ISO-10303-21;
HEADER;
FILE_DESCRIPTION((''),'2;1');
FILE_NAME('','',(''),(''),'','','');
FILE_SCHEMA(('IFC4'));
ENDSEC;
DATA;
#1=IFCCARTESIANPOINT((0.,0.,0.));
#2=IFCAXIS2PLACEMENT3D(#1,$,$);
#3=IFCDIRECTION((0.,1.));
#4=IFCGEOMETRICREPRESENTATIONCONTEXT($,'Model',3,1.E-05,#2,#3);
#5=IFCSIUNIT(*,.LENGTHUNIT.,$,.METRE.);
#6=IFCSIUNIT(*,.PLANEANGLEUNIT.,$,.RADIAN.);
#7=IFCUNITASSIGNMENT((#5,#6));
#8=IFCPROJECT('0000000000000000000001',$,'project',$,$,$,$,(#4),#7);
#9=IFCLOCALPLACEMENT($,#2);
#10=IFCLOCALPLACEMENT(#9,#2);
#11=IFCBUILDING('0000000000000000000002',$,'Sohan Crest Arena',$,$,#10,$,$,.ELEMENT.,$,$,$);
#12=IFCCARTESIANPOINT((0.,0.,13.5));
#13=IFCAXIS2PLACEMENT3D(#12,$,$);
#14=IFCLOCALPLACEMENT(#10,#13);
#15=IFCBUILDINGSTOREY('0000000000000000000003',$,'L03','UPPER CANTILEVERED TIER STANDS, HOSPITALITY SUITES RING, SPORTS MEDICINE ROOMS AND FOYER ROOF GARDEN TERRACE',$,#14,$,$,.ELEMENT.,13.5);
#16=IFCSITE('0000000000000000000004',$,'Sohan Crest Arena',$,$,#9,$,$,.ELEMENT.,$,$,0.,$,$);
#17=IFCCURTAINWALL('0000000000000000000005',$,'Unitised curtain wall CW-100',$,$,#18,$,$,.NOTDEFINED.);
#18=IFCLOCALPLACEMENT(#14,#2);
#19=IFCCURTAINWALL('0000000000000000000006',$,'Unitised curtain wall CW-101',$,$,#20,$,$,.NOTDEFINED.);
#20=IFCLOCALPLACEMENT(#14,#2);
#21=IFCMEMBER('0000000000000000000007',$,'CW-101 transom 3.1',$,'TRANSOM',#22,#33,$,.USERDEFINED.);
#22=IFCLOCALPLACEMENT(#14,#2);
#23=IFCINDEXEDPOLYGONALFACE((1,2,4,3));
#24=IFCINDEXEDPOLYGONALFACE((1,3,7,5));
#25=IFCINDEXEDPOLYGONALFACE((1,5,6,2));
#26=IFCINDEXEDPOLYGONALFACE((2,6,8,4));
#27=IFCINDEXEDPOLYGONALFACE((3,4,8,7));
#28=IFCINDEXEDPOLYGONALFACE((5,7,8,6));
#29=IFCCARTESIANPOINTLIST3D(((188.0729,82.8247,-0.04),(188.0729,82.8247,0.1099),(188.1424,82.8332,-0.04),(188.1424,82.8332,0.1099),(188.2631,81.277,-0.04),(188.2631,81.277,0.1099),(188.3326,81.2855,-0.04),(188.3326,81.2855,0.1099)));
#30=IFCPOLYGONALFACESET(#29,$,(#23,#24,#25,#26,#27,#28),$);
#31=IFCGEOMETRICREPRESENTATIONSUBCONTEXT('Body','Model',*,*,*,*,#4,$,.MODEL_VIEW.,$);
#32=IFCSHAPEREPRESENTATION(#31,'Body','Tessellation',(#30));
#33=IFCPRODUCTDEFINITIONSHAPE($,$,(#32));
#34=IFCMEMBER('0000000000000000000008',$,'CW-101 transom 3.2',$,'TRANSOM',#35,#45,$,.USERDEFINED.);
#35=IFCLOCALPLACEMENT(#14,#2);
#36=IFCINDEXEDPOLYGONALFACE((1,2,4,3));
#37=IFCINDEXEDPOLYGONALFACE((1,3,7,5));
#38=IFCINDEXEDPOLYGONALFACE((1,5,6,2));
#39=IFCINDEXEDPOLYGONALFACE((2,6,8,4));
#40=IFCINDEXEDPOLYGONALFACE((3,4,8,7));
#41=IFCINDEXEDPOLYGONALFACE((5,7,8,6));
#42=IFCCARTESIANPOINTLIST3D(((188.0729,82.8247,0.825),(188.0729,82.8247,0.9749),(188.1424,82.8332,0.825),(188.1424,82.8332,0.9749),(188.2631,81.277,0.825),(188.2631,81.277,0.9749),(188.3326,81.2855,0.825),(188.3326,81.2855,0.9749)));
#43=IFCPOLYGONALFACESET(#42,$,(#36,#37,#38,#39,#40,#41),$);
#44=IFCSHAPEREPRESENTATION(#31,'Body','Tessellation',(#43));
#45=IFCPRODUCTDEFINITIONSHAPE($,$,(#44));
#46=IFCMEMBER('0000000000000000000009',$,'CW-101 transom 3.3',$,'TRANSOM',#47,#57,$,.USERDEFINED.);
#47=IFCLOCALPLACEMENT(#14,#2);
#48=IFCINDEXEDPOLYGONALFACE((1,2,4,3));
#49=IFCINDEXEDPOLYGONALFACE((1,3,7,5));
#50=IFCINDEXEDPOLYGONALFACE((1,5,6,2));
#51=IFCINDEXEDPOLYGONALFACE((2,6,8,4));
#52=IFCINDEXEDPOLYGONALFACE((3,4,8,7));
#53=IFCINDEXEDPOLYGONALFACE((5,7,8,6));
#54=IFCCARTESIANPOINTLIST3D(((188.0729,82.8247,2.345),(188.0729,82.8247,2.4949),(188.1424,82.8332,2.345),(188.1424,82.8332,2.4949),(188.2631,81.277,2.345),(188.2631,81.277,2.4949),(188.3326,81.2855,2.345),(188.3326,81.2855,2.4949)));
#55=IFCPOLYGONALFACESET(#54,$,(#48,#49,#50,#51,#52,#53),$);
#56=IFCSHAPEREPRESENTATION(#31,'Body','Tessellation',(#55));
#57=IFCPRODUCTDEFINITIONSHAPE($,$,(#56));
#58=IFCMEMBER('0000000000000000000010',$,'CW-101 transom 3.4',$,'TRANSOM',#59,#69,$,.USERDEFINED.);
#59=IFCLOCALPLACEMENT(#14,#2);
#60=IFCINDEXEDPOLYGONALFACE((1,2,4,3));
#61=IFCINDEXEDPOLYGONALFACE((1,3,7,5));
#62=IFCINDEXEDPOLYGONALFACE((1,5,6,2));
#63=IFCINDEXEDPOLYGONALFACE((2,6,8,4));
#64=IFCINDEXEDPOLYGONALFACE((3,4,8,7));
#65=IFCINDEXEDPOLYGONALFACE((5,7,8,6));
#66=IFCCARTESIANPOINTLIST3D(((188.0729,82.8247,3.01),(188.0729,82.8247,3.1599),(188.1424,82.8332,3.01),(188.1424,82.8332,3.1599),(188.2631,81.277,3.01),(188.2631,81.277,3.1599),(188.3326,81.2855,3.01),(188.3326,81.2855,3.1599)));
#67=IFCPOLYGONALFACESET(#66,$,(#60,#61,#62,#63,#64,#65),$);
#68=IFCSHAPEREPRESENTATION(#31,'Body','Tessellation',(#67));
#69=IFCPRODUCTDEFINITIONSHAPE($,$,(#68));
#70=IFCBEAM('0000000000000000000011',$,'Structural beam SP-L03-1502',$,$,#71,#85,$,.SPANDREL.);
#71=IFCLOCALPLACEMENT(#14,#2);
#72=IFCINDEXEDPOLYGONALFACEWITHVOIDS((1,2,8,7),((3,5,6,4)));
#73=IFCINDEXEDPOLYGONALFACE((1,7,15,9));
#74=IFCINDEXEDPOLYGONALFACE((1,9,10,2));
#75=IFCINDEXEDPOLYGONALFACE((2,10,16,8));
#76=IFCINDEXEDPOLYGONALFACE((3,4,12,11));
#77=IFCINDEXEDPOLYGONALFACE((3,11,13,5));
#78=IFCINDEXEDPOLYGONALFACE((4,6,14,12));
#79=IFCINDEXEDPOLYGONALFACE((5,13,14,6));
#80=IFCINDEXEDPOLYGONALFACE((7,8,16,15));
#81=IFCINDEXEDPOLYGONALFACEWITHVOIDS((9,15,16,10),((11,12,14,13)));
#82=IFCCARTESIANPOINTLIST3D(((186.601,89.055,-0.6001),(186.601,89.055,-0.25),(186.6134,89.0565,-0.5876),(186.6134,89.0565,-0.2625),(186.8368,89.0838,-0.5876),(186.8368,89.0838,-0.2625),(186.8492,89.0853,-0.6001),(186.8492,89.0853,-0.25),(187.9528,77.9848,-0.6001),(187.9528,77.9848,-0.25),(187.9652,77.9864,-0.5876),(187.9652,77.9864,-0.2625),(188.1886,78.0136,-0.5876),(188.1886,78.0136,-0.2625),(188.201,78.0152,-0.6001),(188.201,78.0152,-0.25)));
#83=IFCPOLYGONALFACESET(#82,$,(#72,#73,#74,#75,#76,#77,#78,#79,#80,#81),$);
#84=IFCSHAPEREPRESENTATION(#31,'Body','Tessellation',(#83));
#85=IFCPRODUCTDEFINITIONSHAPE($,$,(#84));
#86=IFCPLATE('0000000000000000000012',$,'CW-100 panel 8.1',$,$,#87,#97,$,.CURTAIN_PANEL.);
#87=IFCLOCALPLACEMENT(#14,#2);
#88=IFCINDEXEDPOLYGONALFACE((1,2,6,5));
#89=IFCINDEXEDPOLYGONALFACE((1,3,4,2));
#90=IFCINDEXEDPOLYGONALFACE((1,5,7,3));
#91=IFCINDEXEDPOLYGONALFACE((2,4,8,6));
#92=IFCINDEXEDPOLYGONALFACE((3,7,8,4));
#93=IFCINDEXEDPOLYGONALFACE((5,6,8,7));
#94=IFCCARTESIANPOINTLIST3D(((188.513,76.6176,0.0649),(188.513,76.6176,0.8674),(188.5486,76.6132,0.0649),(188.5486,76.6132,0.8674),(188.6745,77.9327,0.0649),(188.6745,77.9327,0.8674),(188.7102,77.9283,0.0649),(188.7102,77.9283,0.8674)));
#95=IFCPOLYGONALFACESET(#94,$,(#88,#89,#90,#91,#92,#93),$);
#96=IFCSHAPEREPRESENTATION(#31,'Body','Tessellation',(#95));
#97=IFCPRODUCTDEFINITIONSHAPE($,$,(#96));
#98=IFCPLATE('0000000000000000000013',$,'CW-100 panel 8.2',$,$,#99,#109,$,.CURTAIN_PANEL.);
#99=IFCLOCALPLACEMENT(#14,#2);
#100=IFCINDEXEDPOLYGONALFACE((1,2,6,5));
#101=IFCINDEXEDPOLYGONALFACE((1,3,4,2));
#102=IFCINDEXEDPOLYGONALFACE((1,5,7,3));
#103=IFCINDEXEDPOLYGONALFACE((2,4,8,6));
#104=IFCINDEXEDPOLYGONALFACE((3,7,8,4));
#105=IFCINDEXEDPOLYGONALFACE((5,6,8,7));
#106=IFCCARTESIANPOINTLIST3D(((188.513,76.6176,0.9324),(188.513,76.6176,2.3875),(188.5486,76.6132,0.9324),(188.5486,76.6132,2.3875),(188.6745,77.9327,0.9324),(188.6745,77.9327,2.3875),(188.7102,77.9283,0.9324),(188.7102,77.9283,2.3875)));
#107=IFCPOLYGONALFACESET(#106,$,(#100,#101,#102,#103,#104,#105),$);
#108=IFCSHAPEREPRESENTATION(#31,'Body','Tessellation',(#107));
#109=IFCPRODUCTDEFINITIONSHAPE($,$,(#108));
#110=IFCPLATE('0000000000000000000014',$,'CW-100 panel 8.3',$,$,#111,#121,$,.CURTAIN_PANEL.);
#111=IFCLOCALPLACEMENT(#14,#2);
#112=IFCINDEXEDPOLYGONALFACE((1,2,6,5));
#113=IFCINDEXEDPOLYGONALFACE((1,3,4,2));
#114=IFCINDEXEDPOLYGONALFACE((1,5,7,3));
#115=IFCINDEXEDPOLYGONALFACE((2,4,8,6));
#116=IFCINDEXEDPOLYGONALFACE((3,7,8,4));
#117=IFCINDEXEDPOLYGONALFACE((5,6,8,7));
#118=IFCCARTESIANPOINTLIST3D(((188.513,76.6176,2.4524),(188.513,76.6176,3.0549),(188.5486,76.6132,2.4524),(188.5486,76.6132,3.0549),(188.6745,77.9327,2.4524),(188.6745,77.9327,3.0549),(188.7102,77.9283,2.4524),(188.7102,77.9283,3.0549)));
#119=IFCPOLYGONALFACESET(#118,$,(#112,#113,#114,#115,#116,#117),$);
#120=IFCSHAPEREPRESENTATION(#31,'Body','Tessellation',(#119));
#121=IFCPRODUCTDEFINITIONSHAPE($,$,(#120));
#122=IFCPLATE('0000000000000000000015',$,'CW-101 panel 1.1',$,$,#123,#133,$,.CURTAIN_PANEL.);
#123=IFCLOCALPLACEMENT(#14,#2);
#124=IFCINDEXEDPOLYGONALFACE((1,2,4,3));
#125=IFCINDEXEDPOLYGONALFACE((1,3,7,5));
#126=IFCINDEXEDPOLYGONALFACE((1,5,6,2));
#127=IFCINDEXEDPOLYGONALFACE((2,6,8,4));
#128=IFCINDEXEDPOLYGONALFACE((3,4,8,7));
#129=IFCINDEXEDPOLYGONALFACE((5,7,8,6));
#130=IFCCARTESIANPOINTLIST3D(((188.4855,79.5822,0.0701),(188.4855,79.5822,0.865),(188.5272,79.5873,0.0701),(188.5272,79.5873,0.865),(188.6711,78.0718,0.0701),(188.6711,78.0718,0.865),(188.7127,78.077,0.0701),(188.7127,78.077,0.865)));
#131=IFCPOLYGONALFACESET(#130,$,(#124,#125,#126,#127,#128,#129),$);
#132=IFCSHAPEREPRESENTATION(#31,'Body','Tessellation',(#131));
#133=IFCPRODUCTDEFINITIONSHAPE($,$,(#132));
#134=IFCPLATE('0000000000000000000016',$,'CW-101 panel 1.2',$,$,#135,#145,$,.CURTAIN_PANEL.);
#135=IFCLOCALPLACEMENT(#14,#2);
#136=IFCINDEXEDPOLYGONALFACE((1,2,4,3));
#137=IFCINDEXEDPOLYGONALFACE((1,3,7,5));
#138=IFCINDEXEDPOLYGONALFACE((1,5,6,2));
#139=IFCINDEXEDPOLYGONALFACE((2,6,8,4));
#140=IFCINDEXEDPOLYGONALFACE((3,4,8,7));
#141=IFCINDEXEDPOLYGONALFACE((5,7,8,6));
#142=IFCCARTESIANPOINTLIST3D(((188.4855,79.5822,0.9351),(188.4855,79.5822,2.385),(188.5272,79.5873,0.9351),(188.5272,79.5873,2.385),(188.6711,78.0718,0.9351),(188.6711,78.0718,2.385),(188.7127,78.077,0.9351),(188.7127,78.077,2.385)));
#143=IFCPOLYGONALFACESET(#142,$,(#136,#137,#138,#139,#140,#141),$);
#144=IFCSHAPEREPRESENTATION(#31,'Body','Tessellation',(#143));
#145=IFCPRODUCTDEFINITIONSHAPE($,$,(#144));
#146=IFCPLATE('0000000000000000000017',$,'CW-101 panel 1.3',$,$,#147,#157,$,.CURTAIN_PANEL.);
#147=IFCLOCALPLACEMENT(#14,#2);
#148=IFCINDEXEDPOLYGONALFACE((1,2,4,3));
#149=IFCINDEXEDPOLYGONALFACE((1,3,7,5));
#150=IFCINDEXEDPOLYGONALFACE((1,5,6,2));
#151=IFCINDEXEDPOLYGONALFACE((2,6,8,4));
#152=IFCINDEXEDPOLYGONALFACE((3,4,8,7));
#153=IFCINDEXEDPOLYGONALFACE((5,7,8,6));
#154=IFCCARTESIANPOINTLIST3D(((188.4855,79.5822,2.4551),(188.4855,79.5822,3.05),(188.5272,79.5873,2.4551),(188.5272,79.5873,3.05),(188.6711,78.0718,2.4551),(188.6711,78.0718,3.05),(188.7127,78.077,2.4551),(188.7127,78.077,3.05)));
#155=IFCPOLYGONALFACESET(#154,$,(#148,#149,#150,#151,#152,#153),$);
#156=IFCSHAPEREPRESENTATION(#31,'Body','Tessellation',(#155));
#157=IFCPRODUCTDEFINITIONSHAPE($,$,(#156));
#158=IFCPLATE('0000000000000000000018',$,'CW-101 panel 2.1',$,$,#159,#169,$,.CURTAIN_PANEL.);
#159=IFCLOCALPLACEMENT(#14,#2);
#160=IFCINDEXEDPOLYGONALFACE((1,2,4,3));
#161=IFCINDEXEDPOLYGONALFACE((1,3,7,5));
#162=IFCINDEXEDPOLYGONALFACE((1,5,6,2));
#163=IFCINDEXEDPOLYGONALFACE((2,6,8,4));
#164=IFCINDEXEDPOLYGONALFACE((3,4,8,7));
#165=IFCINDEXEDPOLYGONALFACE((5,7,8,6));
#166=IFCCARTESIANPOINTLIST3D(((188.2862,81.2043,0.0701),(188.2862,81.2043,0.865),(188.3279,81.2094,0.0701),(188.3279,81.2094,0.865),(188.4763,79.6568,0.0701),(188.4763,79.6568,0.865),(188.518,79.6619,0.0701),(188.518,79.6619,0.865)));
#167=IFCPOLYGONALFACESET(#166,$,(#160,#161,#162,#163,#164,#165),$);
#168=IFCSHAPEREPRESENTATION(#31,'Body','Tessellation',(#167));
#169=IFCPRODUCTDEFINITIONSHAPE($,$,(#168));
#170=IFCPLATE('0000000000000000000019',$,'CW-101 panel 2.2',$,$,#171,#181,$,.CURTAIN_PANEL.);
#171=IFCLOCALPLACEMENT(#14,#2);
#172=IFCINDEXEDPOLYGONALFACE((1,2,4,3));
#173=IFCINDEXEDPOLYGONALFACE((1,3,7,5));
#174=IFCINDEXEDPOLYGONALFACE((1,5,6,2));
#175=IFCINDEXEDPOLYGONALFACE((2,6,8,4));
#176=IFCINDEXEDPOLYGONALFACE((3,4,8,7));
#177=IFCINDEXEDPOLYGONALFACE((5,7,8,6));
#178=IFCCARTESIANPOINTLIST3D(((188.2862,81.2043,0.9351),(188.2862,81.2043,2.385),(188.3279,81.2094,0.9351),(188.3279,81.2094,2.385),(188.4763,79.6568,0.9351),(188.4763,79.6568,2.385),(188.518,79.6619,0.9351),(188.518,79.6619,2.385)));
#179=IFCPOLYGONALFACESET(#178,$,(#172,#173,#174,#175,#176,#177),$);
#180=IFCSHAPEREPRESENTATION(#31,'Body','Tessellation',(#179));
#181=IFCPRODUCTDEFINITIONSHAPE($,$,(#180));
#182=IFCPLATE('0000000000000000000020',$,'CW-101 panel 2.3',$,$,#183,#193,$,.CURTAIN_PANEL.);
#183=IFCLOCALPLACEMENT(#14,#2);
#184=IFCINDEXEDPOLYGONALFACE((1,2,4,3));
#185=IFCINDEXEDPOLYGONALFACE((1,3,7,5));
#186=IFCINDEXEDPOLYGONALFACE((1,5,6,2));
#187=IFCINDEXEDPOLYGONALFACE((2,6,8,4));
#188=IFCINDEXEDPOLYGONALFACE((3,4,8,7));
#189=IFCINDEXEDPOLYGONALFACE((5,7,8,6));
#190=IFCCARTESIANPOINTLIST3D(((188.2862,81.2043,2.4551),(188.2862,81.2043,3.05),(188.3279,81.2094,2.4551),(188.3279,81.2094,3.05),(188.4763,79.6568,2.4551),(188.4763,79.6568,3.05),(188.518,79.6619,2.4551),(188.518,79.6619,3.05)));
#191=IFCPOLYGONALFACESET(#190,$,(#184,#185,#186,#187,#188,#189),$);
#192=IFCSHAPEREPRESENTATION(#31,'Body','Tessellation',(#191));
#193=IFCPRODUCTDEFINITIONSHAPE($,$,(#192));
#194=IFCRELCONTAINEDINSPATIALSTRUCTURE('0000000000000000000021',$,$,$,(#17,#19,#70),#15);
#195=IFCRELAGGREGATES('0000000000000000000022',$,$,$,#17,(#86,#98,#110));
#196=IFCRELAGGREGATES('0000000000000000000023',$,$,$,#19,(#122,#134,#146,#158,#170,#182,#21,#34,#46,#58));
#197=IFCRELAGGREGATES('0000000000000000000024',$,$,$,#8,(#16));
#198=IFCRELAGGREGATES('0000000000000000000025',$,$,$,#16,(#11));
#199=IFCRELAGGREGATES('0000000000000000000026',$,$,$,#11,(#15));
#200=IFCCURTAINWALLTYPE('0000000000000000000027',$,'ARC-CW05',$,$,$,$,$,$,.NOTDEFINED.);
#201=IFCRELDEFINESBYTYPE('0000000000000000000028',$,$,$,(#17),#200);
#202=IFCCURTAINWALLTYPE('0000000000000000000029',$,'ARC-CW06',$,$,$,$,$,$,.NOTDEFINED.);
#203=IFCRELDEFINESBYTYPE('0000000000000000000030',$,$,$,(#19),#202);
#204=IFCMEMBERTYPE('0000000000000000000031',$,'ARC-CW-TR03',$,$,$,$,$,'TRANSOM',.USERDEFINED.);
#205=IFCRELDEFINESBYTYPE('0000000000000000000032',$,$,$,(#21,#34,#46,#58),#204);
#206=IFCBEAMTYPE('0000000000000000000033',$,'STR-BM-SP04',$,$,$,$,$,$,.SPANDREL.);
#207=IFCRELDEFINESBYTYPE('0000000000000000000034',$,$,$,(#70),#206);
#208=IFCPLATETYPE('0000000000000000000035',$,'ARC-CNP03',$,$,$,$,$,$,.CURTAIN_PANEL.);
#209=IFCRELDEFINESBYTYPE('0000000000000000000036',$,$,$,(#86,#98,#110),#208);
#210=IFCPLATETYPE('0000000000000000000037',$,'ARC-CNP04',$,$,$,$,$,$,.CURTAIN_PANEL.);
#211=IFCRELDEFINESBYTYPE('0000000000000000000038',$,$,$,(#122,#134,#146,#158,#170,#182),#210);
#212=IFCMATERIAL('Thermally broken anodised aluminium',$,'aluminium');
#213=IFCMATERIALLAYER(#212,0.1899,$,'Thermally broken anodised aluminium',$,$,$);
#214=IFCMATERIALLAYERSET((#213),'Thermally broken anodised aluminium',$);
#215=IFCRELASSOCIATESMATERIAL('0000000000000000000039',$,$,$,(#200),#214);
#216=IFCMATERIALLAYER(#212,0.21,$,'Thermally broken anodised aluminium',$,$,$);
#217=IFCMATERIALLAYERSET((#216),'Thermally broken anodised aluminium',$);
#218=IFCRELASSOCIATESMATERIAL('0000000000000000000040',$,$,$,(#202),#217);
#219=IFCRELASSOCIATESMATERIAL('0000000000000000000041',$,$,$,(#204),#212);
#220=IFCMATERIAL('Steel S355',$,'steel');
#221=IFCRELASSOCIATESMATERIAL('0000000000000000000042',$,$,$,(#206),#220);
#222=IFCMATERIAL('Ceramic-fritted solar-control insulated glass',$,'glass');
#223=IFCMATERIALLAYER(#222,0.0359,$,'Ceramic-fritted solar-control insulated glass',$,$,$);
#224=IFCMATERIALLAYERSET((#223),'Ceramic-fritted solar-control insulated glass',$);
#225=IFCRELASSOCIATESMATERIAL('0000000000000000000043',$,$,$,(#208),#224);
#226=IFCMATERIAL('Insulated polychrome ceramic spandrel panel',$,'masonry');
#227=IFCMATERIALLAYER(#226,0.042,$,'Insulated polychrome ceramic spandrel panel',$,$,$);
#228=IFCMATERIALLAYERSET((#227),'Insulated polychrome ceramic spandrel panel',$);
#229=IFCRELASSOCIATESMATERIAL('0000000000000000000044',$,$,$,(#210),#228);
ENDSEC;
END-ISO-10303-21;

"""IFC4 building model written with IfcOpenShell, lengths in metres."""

from ifc_helpers import new_model, si_unit, direction, frame, origin, origin_2d, place, context, subcontext, project, spatial, rectangle, hollow_rectangle, extrude, material, layer, layer_set, material_profile, profile_set, type_object, element, aggregate, save


model = new_model("IFC4")

# Units and contexts
model_context = context("Model", 3, precision=1e-05, world=origin(), true_north=direction((0.0, 1.0)))
body_context = subcontext(model_context, "Body", "Model", "MODEL_VIEW")
ifc_project = project(units=[si_unit("LENGTHUNIT", "METRE"), si_unit("PLANEANGLEUNIT", "RADIAN")], contexts=[model_context])

# Site, building, storey
site_placement = place(None, origin())
site = spatial("IfcSite", under=ifc_project, at=site_placement, Name="Sohan Crest Arena", CompositionType="ELEMENT", RefElevation=0.0)
building_placement = place(site_placement, origin())
building = spatial("IfcBuilding", under=site, at=building_placement, Name="Sohan Crest Arena", CompositionType="ELEMENT")
storey_placement = place(building_placement, frame((0.0, 0.0, 13.5)))
storey = spatial("IfcBuildingStorey", under=building, at=storey_placement, Name="L03", Description="UPPER CANTILEVERED TIER STANDS, HOSPITALITY SUITES RING, SPORTS MEDICINE ROOMS AND FOYER ROOF GARDEN TERRACE", CompositionType="ELEMENT", Elevation=13.5)

# Shared definitions
ifc_material_1 = material(Name="Steel S355", Category="steel")

# Curtain wall
ifc_material_2 = material(Name="Thermally broken anodised aluminium", Category="aluminium")
ifc_layer_1 = layer(ifc_material_2, 0.1899, Name="Thermally broken anodised aluminium")
ifc_layer_set_1 = layer_set([ifc_layer_1], Name="Thermally broken anodised aluminium")
curtain_wall_type_1 = type_object("IfcCurtainWallType", Name="ARC-CW05", PredefinedType="NOTDEFINED", material=ifc_layer_set_1)
curtain_wall_1_placement = place(storey_placement, origin())
curtain_wall_1 = element("IfcCurtainWall", 1, at=curtain_wall_1_placement, inside=storey, type_object=curtain_wall_type_1, Name="Unitised curtain wall CW-100", PredefinedType="NOTDEFINED")

# Curtain wall, members
ifc_layer_2 = layer(ifc_material_2, 0.21, Name="Thermally broken anodised aluminium")
ifc_layer_set_2 = layer_set([ifc_layer_2], Name="Thermally broken anodised aluminium")
curtain_wall_type_2 = type_object("IfcCurtainWallType", Name="ARC-CW06", PredefinedType="NOTDEFINED", material=ifc_layer_set_2)
curtain_wall_2_placement = place(storey_placement, origin())
curtain_wall_2 = element("IfcCurtainWall", 2, at=curtain_wall_2_placement, inside=storey, type_object=curtain_wall_type_2, Name="Unitised curtain wall CW-101", PredefinedType="NOTDEFINED")
ifc_material_profile_1 = material_profile(ifc_material_2, rectangle(XDim=0.0701, YDim=0.1499, at=origin_2d()), Name="ALU-TRAN 70x150")
ifc_profile_set_1 = profile_set([ifc_material_profile_1], Name="Thermally broken anodised aluminium")
member_type_1 = type_object("IfcMemberType", Name="ARC-CW-TR03", ElementType="TRANSOM", PredefinedType="USERDEFINED", material=ifc_profile_set_1)
member_1_placement = place(storey_placement, frame((188.2979, 81.2812, 0.0349), z_axis=(-0.121972, 0.992533, 0.0), x_axis=(-0.992533, -0.121972, 0.0)))
member_1 = element("IfcMember", 3, at=member_1_placement, type_object=member_type_1, Name="CW-101 transom 3.1", ObjectType="TRANSOM", PredefinedType="USERDEFINED", context=body_context, shape_type="SweptSolid", body=[
    extrude(rectangle(XDim=0.0701, YDim=0.1499, at=origin_2d()), origin(), (0.0, 0.0, 1.0), 1.5593),
])
member_2_placement = place(storey_placement, frame((188.2979, 81.2812, 0.8999), z_axis=(-0.121972, 0.992533, 0.0), x_axis=(-0.992533, -0.121972, 0.0)))
member_2 = element("IfcMember", 4, at=member_2_placement, type_object=member_type_1, Name="CW-101 transom 3.2", ObjectType="TRANSOM", PredefinedType="USERDEFINED", context=body_context, shape_type="SweptSolid", body=[
    extrude(rectangle(XDim=0.0701, YDim=0.1499, at=origin_2d()), origin(), (0.0, 0.0, 1.0), 1.5593),
])
member_3_placement = place(storey_placement, frame((188.2979, 81.2812, 2.4199), z_axis=(-0.121972, 0.992533, 0.0), x_axis=(-0.992533, -0.121972, 0.0)))
member_3 = element("IfcMember", 5, at=member_3_placement, type_object=member_type_1, Name="CW-101 transom 3.3", ObjectType="TRANSOM", PredefinedType="USERDEFINED", context=body_context, shape_type="SweptSolid", body=[
    extrude(rectangle(XDim=0.0701, YDim=0.1499, at=origin_2d()), origin(), (0.0, 0.0, 1.0), 1.5593),
])
member_4_placement = place(storey_placement, frame((188.2979, 81.2812, 3.085), z_axis=(-0.121972, 0.992533, 0.0), x_axis=(-0.992533, -0.121972, 0.0)))
member_4 = element("IfcMember", 6, at=member_4_placement, type_object=member_type_1, Name="CW-101 transom 3.4", ObjectType="TRANSOM", PredefinedType="USERDEFINED", context=body_context, shape_type="SweptSolid", body=[
    extrude(rectangle(XDim=0.0701, YDim=0.1499, at=origin_2d()), origin(), (0.0, 0.0, 1.0), 1.5593),
])

# Beam
ifc_material_profile_2 = material_profile(ifc_material_1, hollow_rectangle(XDim=0.25, YDim=0.3501, WallThickness=0.0125, at=origin_2d()), Name="RHS 350x250x12.5")
ifc_profile_set_2 = profile_set([ifc_material_profile_2], Name="Steel S355")
beam_type = type_object("IfcBeamType", Name="STR-BM-SP04", PredefinedType="SPANDREL", material=ifc_profile_set_2)
beam_placement = place(storey_placement, frame((188.0769, 78.0, -0.425), z_axis=(-0.121213, 0.992626, 0.0), x_axis=(-0.992626, -0.121213, 0.0)))
element("IfcBeam", 7, at=beam_placement, inside=storey, type_object=beam_type, Name="Structural beam SP-L03-1502", PredefinedType="SPANDREL", context=body_context, shape_type="SweptSolid", body=[
    extrude(hollow_rectangle(XDim=0.25, YDim=0.3501, WallThickness=0.0125, at=origin_2d()), origin(), (0.0, 0.0, 1.0), 11.1523),
])

# Plates
ifc_material_3 = material(Name="Ceramic-fritted solar-control insulated glass", Category="glass")
ifc_layer_3 = layer(ifc_material_3, 0.0359, Name="Ceramic-fritted solar-control insulated glass")
ifc_layer_set_3 = layer_set([ifc_layer_3], Name="Ceramic-fritted solar-control insulated glass")
plate_type_1 = type_object("IfcPlateType", Name="ARC-CNP03", PredefinedType="CURTAIN_PANEL", material=ifc_layer_set_3)
plate_1_placement = place(storey_placement, frame((188.6116, 77.2729, 0.0649), z_axis=(0.0, 0.0, 1.0), x_axis=(0.121947, 0.992537, 0.0)))
plate_1 = element("IfcPlate", 8, at=plate_1_placement, type_object=plate_type_1, Name="CW-100 panel 8.1", PredefinedType="CURTAIN_PANEL", context=body_context, shape_type="SweptSolid", body=[
    extrude(rectangle(XDim=1.325, YDim=0.0359, at=origin_2d()), origin(), (0.0, 0.0, 1.0), 0.8025),
])
plate_2_placement = place(storey_placement, frame((188.6116, 77.2729, 0.9324), z_axis=(0.0, 0.0, 1.0), x_axis=(0.121947, 0.992537, 0.0)))
plate_2 = element("IfcPlate", 9, at=plate_2_placement, type_object=plate_type_1, Name="CW-100 panel 8.2", PredefinedType="CURTAIN_PANEL", context=body_context, shape_type="SweptSolid", body=[
    extrude(rectangle(XDim=1.325, YDim=0.0359, at=origin_2d()), origin(), (0.0, 0.0, 1.0), 1.4551),
])
plate_3_placement = place(storey_placement, frame((188.6116, 77.2729, 2.4524), z_axis=(0.0, 0.0, 1.0), x_axis=(0.121947, 0.992537, 0.0)))
plate_3 = element("IfcPlate", 10, at=plate_3_placement, type_object=plate_type_1, Name="CW-100 panel 8.3", PredefinedType="CURTAIN_PANEL", context=body_context, shape_type="SweptSolid", body=[
    extrude(rectangle(XDim=1.325, YDim=0.0359, at=origin_2d()), origin(), (0.0, 0.0, 1.0), 0.6025),
])
aggregate(curtain_wall_1, [plate_1, plate_2, plate_3])
ifc_material_4 = material(Name="Insulated polychrome ceramic spandrel panel", Category="masonry")
ifc_layer_4 = layer(ifc_material_4, 0.042, Name="Insulated polychrome ceramic spandrel panel")
ifc_layer_set_4 = layer_set([ifc_layer_4], Name="Insulated polychrome ceramic spandrel panel")
plate_type_2 = type_object("IfcPlateType", Name="ARC-CNP04", PredefinedType="CURTAIN_PANEL", material=ifc_layer_set_4)
plate_4_placement = place(storey_placement, frame((188.5991, 78.8296, 0.0701), z_axis=(0.0, 0.0, 1.0), x_axis=(-0.121947, 0.992537, 0.0)))
plate_4 = element("IfcPlate", 11, at=plate_4_placement, type_object=plate_type_2, Name="CW-101 panel 1.1", PredefinedType="CURTAIN_PANEL", context=body_context, shape_type="SweptSolid", body=[
    extrude(rectangle(XDim=1.5217, YDim=0.042, at=origin_2d()), origin(), (0.0, 0.0, 1.0), 0.7949),
])
plate_5_placement = place(storey_placement, frame((188.5991, 78.8296, 0.9351), z_axis=(0.0, 0.0, 1.0), x_axis=(-0.121947, 0.992537, 0.0)))
plate_5 = element("IfcPlate", 12, at=plate_5_placement, type_object=plate_type_2, Name="CW-101 panel 1.2", PredefinedType="CURTAIN_PANEL", context=body_context, shape_type="SweptSolid", body=[
    extrude(rectangle(XDim=1.5217, YDim=0.042, at=origin_2d()), origin(), (0.0, 0.0, 1.0), 1.45),
])
plate_6_placement = place(storey_placement, frame((188.5991, 78.8296, 2.4551), z_axis=(0.0, 0.0, 1.0), x_axis=(-0.121947, 0.992537, 0.0)))
plate_6 = element("IfcPlate", 13, at=plate_6_placement, type_object=plate_type_2, Name="CW-101 panel 1.3", PredefinedType="CURTAIN_PANEL", context=body_context, shape_type="SweptSolid", body=[
    extrude(rectangle(XDim=1.5217, YDim=0.042, at=origin_2d()), origin(), (0.0, 0.0, 1.0), 0.595),
])
plate_7_placement = place(storey_placement, frame((188.4021, 80.4331, 0.0701), z_axis=(0.0, 0.0, 1.0), x_axis=(-0.121947, 0.992537, 0.0)))
plate_7 = element("IfcPlate", 14, at=plate_7_placement, type_object=plate_type_2, Name="CW-101 panel 2.1", PredefinedType="CURTAIN_PANEL", context=body_context, shape_type="SweptSolid", body=[
    extrude(rectangle(XDim=1.5591, YDim=0.042, at=origin_2d()), origin(), (0.0, 0.0, 1.0), 0.7949),
])
plate_8_placement = place(storey_placement, frame((188.4021, 80.4331, 0.9351), z_axis=(0.0, 0.0, 1.0), x_axis=(-0.121947, 0.992537, 0.0)))
plate_8 = element("IfcPlate", 15, at=plate_8_placement, type_object=plate_type_2, Name="CW-101 panel 2.2", PredefinedType="CURTAIN_PANEL", context=body_context, shape_type="SweptSolid", body=[
    extrude(rectangle(XDim=1.5591, YDim=0.042, at=origin_2d()), origin(), (0.0, 0.0, 1.0), 1.45),
])
plate_9_placement = place(storey_placement, frame((188.4021, 80.4331, 2.4551), z_axis=(0.0, 0.0, 1.0), x_axis=(-0.121947, 0.992537, 0.0)))
plate_9 = element("IfcPlate", 16, at=plate_9_placement, type_object=plate_type_2, Name="CW-101 panel 2.3", PredefinedType="CURTAIN_PANEL", context=body_context, shape_type="SweptSolid", body=[
    extrude(rectangle(XDim=1.5591, YDim=0.042, at=origin_2d()), origin(), (0.0, 0.0, 1.0), 0.595),
])
aggregate(curtain_wall_2, [plate_4, plate_5, plate_6, plate_7, plate_8, plate_9, member_1, member_2, member_3, member_4])

save(model, "model.ifc")
